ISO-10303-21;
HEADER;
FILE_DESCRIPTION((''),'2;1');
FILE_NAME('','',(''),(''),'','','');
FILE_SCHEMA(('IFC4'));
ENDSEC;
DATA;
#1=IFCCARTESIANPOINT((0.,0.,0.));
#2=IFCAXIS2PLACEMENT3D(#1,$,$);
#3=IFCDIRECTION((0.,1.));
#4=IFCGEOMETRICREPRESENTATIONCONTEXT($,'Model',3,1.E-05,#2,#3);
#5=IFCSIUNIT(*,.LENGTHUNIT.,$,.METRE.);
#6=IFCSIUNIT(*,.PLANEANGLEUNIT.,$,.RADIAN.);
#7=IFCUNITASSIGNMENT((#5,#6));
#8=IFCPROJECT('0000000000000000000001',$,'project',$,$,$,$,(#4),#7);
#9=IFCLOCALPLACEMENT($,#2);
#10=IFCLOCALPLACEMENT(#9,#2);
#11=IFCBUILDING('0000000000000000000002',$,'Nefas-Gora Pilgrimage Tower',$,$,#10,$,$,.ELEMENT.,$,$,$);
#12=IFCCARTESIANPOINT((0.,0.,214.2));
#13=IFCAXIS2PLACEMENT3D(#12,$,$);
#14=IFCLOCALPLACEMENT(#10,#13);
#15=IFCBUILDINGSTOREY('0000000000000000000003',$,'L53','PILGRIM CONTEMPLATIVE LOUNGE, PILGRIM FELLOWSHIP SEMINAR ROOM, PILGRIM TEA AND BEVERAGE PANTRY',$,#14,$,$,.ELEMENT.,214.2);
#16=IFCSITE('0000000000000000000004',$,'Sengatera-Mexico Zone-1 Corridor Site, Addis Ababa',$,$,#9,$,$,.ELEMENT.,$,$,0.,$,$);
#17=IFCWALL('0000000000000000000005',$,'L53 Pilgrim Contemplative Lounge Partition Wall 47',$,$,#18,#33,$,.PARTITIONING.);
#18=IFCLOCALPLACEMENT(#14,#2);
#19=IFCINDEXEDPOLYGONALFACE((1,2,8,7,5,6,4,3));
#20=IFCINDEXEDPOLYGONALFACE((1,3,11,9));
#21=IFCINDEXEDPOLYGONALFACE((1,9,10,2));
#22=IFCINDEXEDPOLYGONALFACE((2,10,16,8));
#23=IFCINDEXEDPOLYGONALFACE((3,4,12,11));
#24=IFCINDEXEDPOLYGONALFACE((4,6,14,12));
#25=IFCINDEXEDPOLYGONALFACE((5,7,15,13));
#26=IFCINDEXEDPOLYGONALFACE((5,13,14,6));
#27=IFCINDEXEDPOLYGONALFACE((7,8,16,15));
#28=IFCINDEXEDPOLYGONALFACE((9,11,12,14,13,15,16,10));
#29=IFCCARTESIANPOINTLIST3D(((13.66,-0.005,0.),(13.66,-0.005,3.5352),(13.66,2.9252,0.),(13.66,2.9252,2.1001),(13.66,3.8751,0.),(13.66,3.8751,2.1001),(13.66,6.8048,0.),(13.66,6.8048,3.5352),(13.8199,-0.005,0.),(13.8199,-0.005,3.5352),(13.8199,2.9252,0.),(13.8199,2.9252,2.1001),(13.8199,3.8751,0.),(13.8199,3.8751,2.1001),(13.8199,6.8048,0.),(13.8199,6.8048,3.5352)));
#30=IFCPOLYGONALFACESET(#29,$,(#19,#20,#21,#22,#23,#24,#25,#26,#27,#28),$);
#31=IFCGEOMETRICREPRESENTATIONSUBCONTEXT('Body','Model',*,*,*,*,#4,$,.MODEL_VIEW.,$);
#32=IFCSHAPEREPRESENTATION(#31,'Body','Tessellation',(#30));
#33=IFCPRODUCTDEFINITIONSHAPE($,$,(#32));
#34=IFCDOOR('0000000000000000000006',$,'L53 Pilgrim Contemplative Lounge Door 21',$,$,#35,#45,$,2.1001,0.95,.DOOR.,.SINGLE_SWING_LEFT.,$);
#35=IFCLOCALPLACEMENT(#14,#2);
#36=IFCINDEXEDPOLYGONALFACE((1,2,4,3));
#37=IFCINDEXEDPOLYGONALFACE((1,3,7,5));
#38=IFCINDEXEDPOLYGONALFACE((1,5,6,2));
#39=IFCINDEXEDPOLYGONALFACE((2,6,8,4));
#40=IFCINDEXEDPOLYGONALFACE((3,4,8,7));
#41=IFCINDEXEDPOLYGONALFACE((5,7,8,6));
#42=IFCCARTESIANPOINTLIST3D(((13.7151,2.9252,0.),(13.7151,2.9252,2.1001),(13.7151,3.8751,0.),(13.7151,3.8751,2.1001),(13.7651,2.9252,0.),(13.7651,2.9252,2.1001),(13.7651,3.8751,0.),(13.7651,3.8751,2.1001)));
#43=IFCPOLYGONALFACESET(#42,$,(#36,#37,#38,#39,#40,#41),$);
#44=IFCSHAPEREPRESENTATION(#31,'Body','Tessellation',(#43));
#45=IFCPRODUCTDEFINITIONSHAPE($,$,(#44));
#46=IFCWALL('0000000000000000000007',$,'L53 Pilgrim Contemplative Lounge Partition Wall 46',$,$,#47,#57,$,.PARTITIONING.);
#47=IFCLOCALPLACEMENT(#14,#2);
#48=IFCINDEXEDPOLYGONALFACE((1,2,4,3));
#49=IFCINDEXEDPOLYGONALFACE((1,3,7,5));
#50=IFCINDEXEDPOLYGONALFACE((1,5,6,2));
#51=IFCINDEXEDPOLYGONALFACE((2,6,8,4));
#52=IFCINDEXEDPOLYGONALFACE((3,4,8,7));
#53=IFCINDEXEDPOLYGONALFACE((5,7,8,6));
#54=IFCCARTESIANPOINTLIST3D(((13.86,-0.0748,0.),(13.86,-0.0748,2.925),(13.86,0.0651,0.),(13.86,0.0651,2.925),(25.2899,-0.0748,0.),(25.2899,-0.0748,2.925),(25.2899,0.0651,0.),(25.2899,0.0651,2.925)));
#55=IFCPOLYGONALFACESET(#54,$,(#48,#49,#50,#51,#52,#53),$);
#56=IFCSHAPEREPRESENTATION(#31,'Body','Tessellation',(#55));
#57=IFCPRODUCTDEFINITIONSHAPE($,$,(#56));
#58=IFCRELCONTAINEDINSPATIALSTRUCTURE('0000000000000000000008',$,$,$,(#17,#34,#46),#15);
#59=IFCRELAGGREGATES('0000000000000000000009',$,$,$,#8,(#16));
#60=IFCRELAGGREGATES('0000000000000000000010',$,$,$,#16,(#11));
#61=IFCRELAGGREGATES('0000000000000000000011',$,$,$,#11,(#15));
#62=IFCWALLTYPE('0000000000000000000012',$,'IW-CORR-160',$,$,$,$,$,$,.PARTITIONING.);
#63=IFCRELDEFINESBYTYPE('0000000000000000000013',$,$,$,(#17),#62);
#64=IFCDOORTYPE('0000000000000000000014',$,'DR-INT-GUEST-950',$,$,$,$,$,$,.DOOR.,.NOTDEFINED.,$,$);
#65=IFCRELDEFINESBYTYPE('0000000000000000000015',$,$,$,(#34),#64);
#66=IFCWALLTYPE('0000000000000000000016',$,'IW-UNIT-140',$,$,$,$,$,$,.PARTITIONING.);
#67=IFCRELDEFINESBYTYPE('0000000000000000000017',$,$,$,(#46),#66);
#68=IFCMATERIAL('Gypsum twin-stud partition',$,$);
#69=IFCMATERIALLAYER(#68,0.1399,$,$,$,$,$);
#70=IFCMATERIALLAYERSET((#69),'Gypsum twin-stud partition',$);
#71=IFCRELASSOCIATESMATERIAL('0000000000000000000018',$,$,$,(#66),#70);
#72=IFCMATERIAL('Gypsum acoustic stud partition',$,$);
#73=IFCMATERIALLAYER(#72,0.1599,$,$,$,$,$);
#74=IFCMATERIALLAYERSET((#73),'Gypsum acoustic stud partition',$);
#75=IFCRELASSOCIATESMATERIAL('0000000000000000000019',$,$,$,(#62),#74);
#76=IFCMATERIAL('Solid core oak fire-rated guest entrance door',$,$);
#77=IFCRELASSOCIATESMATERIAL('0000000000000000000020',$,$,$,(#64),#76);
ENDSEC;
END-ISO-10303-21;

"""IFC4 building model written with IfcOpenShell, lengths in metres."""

from ifc_helpers import new_model, si_unit, direction, frame, frame_2d, origin, place, context, subcontext, project, spatial, rectangle, extrude, source, transform, mapped, material, layer, layer_set, type_object, element, fill, save


model = new_model("IFC4")

# Units and contexts
model_context = context("Model", 3, precision=1e-05, world=origin(), true_north=direction((0.0, 1.0)))
body_context = subcontext(model_context, "Body", "Model", "MODEL_VIEW")
ifc_project = project(units=[si_unit("LENGTHUNIT", "METRE"), si_unit("PLANEANGLEUNIT", "RADIAN")], contexts=[model_context])

# Site, building, storey
site_placement = place(None, origin())
site = spatial("IfcSite", under=ifc_project, at=site_placement, Name="Sengatera-Mexico Zone-1 Corridor Site, Addis Ababa", CompositionType="ELEMENT", RefElevation=0.0)
building_placement = place(site_placement, origin())
building = spatial("IfcBuilding", under=site, at=building_placement, Name="Nefas-Gora Pilgrimage Tower", CompositionType="ELEMENT")
storey_placement = place(building_placement, frame((0.0, 0.0, 214.2)))
storey = spatial("IfcBuildingStorey", under=building, at=storey_placement, Name="L53", Description="PILGRIM CONTEMPLATIVE LOUNGE, PILGRIM FELLOWSHIP SEMINAR ROOM, PILGRIM TEA AND BEVERAGE PANTRY", CompositionType="ELEMENT", Elevation=214.2)

# Shared definitions
ifc_material_1 = material(Name="Gypsum twin-stud partition")
ifc_layer_1 = layer(ifc_material_1, 0.1399)
ifc_layer_set_1 = layer_set([ifc_layer_1], Name="Gypsum twin-stud partition")
wall_type_1 = type_object("IfcWallType", Name="IW-UNIT-140", PredefinedType="PARTITIONING", material=ifc_layer_set_1)

# Wall, opening, door
ifc_material_2 = material(Name="Gypsum acoustic stud partition")
ifc_layer_2 = layer(ifc_material_2, 0.1599)
ifc_layer_set_2 = layer_set([ifc_layer_2], Name="Gypsum acoustic stud partition")
wall_type_2 = type_object("IfcWallType", Name="IW-CORR-160", PredefinedType="PARTITIONING", material=ifc_layer_set_2)
shared_shape_1 = source(origin(), body_context, "Body", "SweptSolid", [
    extrude(rectangle(XDim=6.8098, YDim=0.1599, at=frame_2d((3.4048, 0.0))), origin(), (0.0, 0.0, 1.0), 3.5352),
])
ifc_material_3 = material(Name="Solid core oak fire-rated guest entrance door")
door_type_1 = type_object("IfcDoorType", Name="DR-INT-GUEST-950", OperationType="NOTDEFINED", PredefinedType="DOOR", material=ifc_material_3)
shared_shape_2 = source(origin(), body_context, "Body", "SweptSolid", [
    extrude(rectangle(XDim=0.95, YDim=2.1001, at=frame_2d((0.4751, 1.05))), frame((0.0, 0.0249, 0.0), z_axis=(0.0, -1.0, 0.0), x_axis=(1.0, 0.0, 0.0)), (0.0, 0.0, 1.0), 0.05),
])
wall_1_placement = place(storey_placement, frame((13.74, -0.0049, 0.0), z_axis=(0.0, 0.0, 1.0), x_axis=(0.0, 1.0, 0.0)))
wall_1 = element("IfcWall", 1, at=wall_1_placement, inside=storey, type_object=wall_type_2, Name="L53 Pilgrim Contemplative Lounge Partition Wall 47", PredefinedType="PARTITIONING", context=body_context, shape_type="MappedRepresentation", body=[
    mapped(shared_shape_1, transform((0.0, 0.0, 0.0), x_axis=(1.0, 0.0, 0.0), y_axis=(0.0, 1.0, 0.0), z_axis=(0.0, 0.0, 1.0), scale=1.0)),
])
opening_1_placement = place(wall_1_placement, frame((2.9299, 0.0, 0.0)))
opening_1 = element("IfcOpeningElement", 2, at=opening_1_placement, cuts=wall_1, PredefinedType="OPENING", context=body_context, shape_type="SweptSolid", body=[
    extrude(rectangle(XDim=0.95, YDim=2.1001, at=frame_2d((0.4751, 1.05))), frame((0.0, 0.0898, 0.0), z_axis=(0.0, -1.0, 0.0), x_axis=(1.0, 0.0, 0.0)), (0.0, 0.0, 1.0), 0.1799),
])
door_1_placement = place(opening_1_placement, origin())
door_1 = element("IfcDoor", 3, at=door_1_placement, inside=storey, type_object=door_type_1, Name="L53 Pilgrim Contemplative Lounge Door 21", OperationType="SINGLE_SWING_LEFT", OverallHeight=2.1001, OverallWidth=0.95, PredefinedType="DOOR", context=body_context, shape_type="MappedRepresentation", body=[
    mapped(shared_shape_2, transform((0.0, 0.0, 0.0), x_axis=(1.0, 0.0, 0.0), y_axis=(0.0, 1.0, 0.0), z_axis=(0.0, 0.0, 1.0), scale=1.0)),
])
fill(opening_1, door_1)

# Wall
shared_shape_3 = source(origin(), body_context, "Body", "SweptSolid", [
    extrude(rectangle(XDim=11.4299, YDim=0.1399, at=frame_2d((5.7148, 0.0))), origin(), (0.0, 0.0, 1.0), 2.925),
])
wall_2_placement = place(storey_placement, frame((13.8601, -0.0049, 0.0), z_axis=(0.0, 0.0, 1.0), x_axis=(1.0, 0.0, 0.0)))
element("IfcWall", 4, at=wall_2_placement, inside=storey, type_object=wall_type_1, Name="L53 Pilgrim Contemplative Lounge Partition Wall 46", PredefinedType="PARTITIONING", context=body_context, shape_type="MappedRepresentation", body=[
    mapped(shared_shape_3, transform((0.0, 0.0, 0.0), x_axis=(1.0, 0.0, 0.0), y_axis=(0.0, 1.0, 0.0), z_axis=(0.0, 0.0, 1.0), scale=1.0)),
])

save(model, "model.ifc")
